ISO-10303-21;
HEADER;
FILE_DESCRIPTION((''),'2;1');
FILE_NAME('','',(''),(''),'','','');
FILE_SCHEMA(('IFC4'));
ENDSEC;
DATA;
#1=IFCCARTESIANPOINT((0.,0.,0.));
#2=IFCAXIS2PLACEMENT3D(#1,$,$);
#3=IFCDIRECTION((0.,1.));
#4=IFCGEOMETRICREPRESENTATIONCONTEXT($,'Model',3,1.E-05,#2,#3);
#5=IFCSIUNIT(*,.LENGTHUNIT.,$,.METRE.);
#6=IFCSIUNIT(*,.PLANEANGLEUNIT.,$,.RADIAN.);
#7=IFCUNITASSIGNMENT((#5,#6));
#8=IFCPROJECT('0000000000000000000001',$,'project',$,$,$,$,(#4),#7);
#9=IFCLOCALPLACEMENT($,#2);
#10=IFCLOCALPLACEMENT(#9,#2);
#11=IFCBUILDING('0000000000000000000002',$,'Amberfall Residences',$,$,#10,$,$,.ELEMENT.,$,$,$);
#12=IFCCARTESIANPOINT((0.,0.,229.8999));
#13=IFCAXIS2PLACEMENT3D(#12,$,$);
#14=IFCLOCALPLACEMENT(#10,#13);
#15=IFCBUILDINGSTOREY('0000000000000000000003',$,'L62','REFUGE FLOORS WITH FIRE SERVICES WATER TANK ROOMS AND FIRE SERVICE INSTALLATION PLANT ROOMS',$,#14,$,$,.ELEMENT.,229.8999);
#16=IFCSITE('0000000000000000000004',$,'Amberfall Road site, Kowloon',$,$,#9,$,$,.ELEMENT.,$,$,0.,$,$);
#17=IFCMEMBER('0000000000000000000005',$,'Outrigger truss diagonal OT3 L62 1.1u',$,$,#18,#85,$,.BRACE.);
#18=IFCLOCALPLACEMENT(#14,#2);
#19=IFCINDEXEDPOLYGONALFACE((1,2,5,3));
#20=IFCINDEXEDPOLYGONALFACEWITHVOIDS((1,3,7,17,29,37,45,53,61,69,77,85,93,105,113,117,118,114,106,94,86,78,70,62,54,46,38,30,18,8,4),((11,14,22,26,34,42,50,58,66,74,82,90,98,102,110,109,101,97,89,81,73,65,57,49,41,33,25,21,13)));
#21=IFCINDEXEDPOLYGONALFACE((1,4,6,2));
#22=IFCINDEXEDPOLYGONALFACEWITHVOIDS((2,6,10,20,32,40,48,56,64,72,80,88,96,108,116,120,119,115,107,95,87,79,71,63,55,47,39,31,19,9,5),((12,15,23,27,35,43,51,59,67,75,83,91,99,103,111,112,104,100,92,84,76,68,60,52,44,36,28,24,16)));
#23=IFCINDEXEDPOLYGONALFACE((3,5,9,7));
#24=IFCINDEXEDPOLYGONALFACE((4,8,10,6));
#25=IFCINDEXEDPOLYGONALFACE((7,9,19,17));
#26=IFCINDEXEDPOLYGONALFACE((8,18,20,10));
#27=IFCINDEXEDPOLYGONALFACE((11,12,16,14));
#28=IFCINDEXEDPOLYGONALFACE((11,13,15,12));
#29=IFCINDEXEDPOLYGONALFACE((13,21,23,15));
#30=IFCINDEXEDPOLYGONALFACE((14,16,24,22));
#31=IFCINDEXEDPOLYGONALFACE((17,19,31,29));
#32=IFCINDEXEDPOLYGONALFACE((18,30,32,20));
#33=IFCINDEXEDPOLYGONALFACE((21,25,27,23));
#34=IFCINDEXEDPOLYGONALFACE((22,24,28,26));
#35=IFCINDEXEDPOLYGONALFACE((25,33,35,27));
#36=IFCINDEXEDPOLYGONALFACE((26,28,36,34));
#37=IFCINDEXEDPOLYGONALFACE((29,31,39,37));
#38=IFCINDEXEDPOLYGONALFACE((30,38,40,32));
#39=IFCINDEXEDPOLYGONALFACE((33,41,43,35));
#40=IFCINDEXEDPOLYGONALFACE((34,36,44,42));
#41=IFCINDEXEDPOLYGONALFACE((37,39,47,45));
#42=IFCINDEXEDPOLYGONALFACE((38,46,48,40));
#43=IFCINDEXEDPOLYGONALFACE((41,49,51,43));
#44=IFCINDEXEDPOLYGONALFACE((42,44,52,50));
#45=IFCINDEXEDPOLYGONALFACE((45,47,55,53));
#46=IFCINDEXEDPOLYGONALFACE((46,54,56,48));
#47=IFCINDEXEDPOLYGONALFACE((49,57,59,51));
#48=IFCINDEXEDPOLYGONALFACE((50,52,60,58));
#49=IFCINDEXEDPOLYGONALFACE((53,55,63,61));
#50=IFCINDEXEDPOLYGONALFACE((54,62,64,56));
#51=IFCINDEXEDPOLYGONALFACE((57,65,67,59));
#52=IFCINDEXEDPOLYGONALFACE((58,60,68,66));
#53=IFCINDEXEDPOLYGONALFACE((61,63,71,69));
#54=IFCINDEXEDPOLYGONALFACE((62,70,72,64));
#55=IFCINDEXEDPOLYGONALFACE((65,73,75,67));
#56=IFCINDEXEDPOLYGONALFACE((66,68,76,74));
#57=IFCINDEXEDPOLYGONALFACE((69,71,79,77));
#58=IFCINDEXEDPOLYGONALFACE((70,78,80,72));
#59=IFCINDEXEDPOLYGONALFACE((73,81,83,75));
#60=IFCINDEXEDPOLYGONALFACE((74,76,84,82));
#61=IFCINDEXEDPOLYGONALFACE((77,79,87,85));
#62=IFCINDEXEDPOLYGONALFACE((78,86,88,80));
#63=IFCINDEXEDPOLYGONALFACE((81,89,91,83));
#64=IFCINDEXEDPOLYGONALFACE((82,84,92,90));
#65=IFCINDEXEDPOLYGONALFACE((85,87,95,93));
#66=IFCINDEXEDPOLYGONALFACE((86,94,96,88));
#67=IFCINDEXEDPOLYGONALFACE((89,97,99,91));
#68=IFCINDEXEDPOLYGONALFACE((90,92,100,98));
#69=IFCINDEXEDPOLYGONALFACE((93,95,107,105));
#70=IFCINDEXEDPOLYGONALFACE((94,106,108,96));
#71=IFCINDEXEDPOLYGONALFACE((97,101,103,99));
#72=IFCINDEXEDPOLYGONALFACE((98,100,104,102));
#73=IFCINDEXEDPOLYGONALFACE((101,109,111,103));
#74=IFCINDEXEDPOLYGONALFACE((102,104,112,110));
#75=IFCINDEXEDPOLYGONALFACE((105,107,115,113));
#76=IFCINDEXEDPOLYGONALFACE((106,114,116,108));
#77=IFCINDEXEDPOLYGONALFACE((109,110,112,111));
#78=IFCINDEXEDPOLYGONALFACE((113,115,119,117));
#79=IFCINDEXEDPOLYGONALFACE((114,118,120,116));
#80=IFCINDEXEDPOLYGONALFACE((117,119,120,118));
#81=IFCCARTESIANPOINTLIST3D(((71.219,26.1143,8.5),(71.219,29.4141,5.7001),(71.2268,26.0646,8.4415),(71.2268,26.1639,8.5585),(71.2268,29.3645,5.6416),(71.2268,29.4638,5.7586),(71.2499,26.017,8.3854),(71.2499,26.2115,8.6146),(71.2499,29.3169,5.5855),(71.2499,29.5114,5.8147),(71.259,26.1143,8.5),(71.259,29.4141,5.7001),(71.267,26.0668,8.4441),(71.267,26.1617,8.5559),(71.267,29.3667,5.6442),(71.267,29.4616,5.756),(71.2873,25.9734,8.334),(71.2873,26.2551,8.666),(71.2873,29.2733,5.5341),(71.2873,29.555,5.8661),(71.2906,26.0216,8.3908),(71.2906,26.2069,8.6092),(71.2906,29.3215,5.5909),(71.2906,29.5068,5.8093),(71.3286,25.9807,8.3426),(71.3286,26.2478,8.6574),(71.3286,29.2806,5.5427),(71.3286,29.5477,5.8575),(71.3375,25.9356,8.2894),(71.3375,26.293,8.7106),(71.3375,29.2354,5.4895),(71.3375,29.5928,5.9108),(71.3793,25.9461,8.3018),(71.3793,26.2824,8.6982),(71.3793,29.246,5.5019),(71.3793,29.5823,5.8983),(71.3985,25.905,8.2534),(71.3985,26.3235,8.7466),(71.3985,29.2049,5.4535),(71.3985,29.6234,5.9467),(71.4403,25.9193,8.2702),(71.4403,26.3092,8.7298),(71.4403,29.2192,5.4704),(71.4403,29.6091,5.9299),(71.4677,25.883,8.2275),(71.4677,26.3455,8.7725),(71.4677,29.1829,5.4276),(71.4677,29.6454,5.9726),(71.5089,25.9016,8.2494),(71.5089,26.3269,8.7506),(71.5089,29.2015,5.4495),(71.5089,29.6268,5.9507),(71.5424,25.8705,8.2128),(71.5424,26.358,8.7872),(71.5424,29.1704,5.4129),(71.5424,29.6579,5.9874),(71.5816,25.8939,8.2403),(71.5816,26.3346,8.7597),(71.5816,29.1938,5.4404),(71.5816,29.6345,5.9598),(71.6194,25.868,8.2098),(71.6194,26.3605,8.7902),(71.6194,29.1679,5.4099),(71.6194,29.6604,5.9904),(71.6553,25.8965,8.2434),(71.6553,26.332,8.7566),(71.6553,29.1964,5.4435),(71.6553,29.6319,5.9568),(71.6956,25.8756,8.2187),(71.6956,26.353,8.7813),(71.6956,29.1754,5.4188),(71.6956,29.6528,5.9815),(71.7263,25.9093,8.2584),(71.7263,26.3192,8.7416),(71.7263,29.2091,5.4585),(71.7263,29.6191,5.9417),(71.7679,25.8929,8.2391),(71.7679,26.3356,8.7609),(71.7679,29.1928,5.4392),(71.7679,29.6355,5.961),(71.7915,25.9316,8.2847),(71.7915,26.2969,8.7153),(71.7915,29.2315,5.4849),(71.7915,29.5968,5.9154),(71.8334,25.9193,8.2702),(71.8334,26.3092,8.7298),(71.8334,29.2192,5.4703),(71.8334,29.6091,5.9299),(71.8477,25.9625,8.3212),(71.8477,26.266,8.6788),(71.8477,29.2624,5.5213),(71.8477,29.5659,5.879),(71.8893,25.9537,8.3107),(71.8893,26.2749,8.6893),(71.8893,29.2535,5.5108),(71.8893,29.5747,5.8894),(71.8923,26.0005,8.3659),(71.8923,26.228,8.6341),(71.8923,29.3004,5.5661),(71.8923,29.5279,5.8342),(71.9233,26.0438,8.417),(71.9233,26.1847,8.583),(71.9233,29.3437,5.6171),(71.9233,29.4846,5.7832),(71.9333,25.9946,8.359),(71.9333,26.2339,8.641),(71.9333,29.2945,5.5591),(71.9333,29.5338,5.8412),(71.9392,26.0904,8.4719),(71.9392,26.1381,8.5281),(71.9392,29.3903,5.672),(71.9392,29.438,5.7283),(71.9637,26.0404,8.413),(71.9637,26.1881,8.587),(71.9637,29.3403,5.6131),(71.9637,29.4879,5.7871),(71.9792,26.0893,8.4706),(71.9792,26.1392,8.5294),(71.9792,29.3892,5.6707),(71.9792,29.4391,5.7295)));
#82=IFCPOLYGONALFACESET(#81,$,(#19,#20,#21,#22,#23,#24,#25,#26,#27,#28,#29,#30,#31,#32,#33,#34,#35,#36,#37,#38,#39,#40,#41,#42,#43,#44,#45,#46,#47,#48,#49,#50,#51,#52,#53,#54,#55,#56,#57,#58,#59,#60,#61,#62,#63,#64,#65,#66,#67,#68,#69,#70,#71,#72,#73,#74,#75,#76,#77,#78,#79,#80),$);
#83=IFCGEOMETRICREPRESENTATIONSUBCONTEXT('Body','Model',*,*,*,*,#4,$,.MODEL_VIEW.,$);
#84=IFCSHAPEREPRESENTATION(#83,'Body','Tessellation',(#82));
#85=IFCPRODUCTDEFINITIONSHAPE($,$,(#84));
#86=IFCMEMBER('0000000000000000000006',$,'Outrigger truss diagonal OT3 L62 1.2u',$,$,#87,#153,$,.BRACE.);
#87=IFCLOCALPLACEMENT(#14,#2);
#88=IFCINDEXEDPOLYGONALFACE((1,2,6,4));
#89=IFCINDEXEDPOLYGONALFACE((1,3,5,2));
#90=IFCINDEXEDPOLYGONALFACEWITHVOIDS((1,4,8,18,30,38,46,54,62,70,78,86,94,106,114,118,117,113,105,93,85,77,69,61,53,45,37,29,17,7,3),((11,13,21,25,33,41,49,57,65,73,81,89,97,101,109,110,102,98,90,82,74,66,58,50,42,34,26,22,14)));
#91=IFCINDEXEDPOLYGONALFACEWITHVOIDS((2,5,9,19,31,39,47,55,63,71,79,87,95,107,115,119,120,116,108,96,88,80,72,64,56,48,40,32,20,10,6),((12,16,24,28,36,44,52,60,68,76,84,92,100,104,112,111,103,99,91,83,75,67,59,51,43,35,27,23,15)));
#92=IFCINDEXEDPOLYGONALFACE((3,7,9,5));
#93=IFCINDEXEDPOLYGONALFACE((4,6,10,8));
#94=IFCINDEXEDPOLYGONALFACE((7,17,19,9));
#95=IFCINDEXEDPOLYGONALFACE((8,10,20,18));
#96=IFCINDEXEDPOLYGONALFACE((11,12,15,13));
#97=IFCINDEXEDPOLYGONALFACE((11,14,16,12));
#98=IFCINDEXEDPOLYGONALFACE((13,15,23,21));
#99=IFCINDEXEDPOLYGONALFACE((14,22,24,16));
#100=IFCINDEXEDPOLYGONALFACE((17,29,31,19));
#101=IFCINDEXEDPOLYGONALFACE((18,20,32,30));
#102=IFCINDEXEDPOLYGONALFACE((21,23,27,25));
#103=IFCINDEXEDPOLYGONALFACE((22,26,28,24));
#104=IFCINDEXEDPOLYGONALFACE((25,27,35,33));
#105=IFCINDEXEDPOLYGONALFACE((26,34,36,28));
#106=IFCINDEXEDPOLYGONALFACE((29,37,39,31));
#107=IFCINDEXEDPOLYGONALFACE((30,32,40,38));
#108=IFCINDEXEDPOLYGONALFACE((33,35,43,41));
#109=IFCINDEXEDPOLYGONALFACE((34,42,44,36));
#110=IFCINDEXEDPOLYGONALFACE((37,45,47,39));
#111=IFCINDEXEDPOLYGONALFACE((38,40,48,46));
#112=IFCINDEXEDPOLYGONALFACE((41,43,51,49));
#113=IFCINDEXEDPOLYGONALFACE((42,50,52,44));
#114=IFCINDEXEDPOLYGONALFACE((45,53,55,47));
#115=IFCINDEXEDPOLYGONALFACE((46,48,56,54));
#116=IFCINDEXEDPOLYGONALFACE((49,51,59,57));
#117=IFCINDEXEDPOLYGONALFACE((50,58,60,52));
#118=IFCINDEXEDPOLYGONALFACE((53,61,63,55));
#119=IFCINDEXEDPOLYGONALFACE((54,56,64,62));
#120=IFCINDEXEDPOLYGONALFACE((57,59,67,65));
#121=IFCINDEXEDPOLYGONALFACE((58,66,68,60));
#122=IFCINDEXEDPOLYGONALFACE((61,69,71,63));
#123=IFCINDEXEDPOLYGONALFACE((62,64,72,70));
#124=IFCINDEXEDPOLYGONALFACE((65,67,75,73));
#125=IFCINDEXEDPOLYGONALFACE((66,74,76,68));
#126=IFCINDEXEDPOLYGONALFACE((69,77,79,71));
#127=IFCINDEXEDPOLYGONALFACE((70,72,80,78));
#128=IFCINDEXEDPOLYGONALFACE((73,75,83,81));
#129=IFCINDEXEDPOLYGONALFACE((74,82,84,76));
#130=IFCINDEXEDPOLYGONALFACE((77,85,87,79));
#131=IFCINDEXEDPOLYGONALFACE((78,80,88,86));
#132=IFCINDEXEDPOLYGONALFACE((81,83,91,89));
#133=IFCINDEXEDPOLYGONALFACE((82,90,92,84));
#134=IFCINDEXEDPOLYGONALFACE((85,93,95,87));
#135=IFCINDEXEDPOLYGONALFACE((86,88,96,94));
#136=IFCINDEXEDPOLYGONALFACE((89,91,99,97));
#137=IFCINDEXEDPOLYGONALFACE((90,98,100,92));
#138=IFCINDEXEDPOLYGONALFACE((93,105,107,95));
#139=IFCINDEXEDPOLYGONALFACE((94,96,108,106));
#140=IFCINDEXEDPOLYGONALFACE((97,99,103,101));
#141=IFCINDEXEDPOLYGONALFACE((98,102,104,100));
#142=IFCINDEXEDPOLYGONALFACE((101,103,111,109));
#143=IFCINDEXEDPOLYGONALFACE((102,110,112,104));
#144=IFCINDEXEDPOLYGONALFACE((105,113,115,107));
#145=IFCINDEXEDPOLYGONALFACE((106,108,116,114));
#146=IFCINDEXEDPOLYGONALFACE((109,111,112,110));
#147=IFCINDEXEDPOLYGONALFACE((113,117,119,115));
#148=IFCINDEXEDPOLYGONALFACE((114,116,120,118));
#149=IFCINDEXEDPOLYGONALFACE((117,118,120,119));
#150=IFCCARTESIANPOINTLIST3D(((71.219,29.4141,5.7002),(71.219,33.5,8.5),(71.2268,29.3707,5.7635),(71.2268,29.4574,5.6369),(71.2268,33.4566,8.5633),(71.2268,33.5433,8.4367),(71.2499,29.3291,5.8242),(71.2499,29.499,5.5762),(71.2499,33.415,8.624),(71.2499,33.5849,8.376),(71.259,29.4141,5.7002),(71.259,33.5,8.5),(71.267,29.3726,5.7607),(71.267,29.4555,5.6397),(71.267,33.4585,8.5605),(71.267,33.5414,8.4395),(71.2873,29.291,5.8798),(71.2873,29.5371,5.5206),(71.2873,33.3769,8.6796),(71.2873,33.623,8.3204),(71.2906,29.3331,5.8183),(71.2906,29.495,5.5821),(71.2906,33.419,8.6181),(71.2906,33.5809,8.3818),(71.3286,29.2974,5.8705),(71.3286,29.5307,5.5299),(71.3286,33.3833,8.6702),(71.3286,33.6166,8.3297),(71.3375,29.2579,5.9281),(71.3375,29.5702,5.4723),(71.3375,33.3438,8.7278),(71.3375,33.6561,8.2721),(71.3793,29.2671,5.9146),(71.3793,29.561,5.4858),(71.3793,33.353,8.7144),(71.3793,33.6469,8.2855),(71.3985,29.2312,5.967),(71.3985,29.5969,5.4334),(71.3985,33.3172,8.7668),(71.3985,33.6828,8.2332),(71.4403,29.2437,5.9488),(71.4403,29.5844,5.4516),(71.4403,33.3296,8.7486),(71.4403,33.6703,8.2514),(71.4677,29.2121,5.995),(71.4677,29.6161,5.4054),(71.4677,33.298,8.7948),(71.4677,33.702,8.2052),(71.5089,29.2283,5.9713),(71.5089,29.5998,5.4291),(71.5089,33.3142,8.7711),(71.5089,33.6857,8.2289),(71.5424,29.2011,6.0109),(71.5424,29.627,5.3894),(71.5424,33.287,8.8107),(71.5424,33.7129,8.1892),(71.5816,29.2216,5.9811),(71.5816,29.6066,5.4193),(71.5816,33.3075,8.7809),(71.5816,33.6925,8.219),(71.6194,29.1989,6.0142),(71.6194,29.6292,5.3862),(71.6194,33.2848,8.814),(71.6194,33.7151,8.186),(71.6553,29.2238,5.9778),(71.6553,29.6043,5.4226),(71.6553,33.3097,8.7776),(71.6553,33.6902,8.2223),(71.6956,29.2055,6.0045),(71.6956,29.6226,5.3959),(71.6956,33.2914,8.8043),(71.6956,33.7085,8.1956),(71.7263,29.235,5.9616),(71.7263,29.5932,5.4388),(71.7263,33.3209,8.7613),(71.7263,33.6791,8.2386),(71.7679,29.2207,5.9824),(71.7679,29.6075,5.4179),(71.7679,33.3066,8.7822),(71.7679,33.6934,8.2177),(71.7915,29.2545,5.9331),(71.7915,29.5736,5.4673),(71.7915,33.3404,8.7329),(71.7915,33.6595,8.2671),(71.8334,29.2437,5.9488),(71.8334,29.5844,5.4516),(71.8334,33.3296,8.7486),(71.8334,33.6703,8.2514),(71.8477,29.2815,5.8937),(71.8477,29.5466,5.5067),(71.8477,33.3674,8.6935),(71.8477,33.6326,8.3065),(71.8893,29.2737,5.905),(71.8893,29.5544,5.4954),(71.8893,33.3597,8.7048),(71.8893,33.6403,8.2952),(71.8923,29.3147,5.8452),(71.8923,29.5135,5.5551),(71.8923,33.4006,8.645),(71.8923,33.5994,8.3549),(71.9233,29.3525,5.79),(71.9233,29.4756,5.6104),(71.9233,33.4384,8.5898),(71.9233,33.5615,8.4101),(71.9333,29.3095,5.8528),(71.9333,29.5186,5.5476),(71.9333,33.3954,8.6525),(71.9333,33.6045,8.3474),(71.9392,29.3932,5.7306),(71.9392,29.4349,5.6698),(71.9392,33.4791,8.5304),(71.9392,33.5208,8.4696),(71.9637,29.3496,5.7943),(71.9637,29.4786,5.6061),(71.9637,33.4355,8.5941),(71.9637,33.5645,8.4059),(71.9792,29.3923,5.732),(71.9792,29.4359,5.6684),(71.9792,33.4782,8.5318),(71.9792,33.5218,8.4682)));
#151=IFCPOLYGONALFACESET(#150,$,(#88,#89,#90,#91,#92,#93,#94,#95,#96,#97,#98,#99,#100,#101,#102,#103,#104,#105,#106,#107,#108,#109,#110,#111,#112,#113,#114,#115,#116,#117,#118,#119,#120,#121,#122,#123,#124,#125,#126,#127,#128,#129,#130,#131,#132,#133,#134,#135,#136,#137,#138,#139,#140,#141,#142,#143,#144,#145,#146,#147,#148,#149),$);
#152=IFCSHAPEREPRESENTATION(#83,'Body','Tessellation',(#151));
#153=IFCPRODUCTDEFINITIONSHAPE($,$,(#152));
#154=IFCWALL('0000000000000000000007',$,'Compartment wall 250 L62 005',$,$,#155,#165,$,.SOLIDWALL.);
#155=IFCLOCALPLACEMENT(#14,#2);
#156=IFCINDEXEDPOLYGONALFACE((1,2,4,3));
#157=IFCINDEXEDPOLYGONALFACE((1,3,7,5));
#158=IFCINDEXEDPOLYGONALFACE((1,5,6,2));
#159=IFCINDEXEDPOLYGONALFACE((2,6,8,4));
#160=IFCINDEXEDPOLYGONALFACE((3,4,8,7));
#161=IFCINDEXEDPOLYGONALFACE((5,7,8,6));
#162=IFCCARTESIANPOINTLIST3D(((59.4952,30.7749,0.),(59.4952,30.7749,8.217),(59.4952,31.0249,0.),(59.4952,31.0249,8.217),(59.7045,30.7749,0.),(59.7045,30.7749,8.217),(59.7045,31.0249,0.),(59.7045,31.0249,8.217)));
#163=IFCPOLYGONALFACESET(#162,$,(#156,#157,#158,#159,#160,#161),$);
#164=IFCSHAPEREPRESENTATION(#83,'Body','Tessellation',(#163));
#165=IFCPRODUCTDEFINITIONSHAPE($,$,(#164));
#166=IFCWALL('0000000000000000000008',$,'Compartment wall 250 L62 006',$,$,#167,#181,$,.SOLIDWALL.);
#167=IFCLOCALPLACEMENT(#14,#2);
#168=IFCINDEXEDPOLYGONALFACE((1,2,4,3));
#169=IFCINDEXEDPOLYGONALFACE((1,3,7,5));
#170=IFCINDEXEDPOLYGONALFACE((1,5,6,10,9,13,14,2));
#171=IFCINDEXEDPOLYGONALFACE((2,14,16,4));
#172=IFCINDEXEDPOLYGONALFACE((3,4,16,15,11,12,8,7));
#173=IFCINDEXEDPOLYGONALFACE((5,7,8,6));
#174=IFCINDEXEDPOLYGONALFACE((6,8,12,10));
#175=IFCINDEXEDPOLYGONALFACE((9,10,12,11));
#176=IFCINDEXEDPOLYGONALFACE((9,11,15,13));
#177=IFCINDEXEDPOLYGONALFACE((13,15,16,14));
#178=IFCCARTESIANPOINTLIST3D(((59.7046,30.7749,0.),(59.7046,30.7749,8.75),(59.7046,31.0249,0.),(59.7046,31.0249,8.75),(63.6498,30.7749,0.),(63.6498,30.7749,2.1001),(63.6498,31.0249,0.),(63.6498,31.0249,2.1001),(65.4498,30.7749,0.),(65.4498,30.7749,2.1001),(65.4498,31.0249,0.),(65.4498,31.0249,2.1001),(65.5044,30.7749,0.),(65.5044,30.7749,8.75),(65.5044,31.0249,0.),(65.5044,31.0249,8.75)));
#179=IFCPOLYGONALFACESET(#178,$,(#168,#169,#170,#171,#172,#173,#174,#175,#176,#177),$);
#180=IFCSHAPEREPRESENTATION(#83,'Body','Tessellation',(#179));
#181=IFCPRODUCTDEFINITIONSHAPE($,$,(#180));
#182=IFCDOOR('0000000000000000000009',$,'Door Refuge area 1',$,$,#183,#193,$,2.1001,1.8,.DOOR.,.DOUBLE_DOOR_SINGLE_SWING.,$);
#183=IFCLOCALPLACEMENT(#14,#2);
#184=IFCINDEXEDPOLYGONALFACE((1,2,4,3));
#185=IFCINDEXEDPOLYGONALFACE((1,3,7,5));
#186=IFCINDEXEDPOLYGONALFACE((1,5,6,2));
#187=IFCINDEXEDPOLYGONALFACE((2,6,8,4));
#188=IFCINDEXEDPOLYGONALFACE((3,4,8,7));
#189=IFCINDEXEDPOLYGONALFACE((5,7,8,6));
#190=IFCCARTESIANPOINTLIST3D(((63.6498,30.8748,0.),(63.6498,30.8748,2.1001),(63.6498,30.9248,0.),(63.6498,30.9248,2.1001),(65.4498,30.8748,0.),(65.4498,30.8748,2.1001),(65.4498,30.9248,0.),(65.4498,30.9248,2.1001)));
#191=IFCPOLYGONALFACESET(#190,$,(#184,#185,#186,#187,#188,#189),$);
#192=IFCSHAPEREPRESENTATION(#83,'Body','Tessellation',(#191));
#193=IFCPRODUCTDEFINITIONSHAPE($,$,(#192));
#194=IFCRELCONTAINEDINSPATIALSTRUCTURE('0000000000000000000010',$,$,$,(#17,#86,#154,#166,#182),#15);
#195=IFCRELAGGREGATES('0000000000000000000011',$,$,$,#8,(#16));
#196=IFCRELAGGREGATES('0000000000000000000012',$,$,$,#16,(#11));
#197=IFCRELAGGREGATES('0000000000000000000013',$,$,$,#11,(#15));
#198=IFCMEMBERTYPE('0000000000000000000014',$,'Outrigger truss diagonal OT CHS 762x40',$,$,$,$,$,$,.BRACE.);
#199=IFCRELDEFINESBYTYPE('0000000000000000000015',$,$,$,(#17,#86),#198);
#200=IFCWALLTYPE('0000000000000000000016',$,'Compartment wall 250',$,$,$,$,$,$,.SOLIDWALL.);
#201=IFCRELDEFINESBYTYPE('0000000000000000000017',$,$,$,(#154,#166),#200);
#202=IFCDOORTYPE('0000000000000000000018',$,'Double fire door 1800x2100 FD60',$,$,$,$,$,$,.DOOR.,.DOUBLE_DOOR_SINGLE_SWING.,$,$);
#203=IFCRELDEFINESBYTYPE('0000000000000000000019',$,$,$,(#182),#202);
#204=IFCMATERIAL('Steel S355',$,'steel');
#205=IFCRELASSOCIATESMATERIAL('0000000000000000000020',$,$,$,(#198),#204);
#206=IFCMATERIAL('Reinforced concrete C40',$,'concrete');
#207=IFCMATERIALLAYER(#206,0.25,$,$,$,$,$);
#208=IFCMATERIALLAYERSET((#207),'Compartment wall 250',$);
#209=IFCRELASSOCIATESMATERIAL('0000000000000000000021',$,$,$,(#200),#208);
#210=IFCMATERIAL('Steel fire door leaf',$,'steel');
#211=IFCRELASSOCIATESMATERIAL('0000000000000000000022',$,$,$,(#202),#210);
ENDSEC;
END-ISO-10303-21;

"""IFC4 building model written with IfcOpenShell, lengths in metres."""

from ifc_helpers import new_model, si_unit, direction, frame, frame_2d, origin, origin_2d, place, context, subcontext, project, spatial, rectangle, hollow_circle, extrude, material, layer, layer_set, material_profile, profile_set, type_object, element, fill, save


model = new_model("IFC4")

# Units and contexts
model_context = context("Model", 3, precision=1e-05, world=origin(), true_north=direction((0.0, 1.0)))
body_context = subcontext(model_context, "Body", "Model", "MODEL_VIEW")
ifc_project = project(units=[si_unit("LENGTHUNIT", "METRE"), si_unit("PLANEANGLEUNIT", "RADIAN")], contexts=[model_context])

# Site, building, storey
site_placement = place(None, origin())
site = spatial("IfcSite", under=ifc_project, at=site_placement, Name="Amberfall Road site, Kowloon", CompositionType="ELEMENT", RefElevation=0.0)
building_placement = place(site_placement, origin())
building = spatial("IfcBuilding", under=site, at=building_placement, Name="Amberfall Residences", CompositionType="ELEMENT")
storey_placement = place(building_placement, frame((0.0, 0.0, 229.8999)))
storey = spatial("IfcBuildingStorey", under=building, at=storey_placement, Name="L62", Description="REFUGE FLOORS WITH FIRE SERVICES WATER TANK ROOMS AND FIRE SERVICE INSTALLATION PLANT ROOMS", CompositionType="ELEMENT", Elevation=229.8999)

# Members
ifc_material_1 = material(Name="Steel S355", Category="steel")
ifc_material_profile_1 = material_profile(ifc_material_1, hollow_circle(Radius=0.3811, WallThickness=0.04, at=origin_2d()), Name="CHS 762x40")
ifc_profile_set_1 = profile_set([ifc_material_profile_1], Name="Steel S355")
member_type_1 = type_object("IfcMemberType", Name="Outrigger truss diagonal OT CHS 762x40", PredefinedType="BRACE", material=ifc_profile_set_1)
member_1_placement = place(storey_placement, frame((71.6001, 26.1143, 8.5), z_axis=(0.0, 0.762513, -0.646973), x_axis=(-1.0, 0.0, 0.0)))
element("IfcMember", 1, at=member_1_placement, inside=storey, type_object=member_type_1, Name="Outrigger truss diagonal OT3 L62 1.1u", PredefinedType="BRACE", context=body_context, shape_type="SweptSolid", body=[
    extrude(hollow_circle(Radius=0.3811, WallThickness=0.04, at=origin_2d()), origin(), (0.0, 0.0, 1.0), 4.3276),
])
member_2_placement = place(storey_placement, frame((71.6001, 29.4141, 5.7002), z_axis=(0.0, 0.824915, 0.565256), x_axis=(-1.0, 0.0, 0.0)))
element("IfcMember", 2, at=member_2_placement, inside=storey, type_object=member_type_1, Name="Outrigger truss diagonal OT3 L62 1.2u", PredefinedType="BRACE", context=body_context, shape_type="SweptSolid", body=[
    extrude(hollow_circle(Radius=0.3811, WallThickness=0.04, at=origin_2d()), origin(), (0.0, 0.0, 1.0), 4.9531),
])

# Wall
ifc_material_2 = material(Name="Reinforced concrete C40", Category="concrete")
ifc_layer_1 = layer(ifc_material_2, 0.25)
ifc_layer_set_1 = layer_set([ifc_layer_1], Name="Compartment wall 250")
wall_type_1 = type_object("IfcWallType", Name="Compartment wall 250", PredefinedType="SOLIDWALL", material=ifc_layer_set_1)
wall_1_placement = place(storey_placement, frame((59.4954, 30.8999, 0.0), z_axis=(0.0, 0.0, 1.0), x_axis=(1.0, 0.0, 0.0)))
element("IfcWall", 3, at=wall_1_placement, inside=storey, type_object=wall_type_1, Name="Compartment wall 250 L62 005", PredefinedType="SOLIDWALL", context=body_context, shape_type="SweptSolid", body=[
    extrude(rectangle(XDim=0.2092, YDim=0.25, at=frame_2d((0.1045, 0.0))), origin(), (0.0, 0.0, 1.0), 8.217),
])

# Wall, opening, door
wall_2_placement = place(storey_placement, frame((59.7046, 30.8999, 0.0), z_axis=(0.0, 0.0, 1.0), x_axis=(1.0, 0.0, 0.0)))
wall_2 = element("IfcWall", 4, at=wall_2_placement, inside=storey, type_object=wall_type_1, Name="Compartment wall 250 L62 006", PredefinedType="SOLIDWALL", context=body_context, shape_type="SweptSolid", body=[
    extrude(rectangle(XDim=5.7998, YDim=0.25, at=frame_2d((2.8999, 0.0))), origin(), (0.0, 0.0, 1.0), 8.75),
])
opening_1_placement = place(wall_2_placement, frame((3.9453, 0.0, 0.0)))
opening_1 = element("IfcOpeningElement", 5, at=opening_1_placement, cuts=wall_2, PredefinedType="OPENING", context=body_context, shape_type="SweptSolid", body=[
    extrude(rectangle(XDim=1.8, YDim=2.1001, at=frame_2d((0.8999, 1.05))), frame((0.0, 0.135, 0.0), z_axis=(0.0, -1.0, 0.0), x_axis=(1.0, 0.0, 0.0)), (0.0, 0.0, 1.0), 0.27),
])
ifc_material_3 = material(Name="Steel fire door leaf", Category="steel")
door_type_1 = type_object("IfcDoorType", Name="Double fire door 1800x2100 FD60", OperationType="DOUBLE_DOOR_SINGLE_SWING", PredefinedType="DOOR", material=ifc_material_3)
door_1_placement = place(opening_1_placement, origin())
door_1 = element("IfcDoor", 6, at=door_1_placement, inside=storey, type_object=door_type_1, Name="Door Refuge area 1", OperationType="DOUBLE_DOOR_SINGLE_SWING", OverallHeight=2.1001, OverallWidth=1.8, PredefinedType="DOOR", context=body_context, shape_type="SweptSolid", body=[
    extrude(rectangle(XDim=1.8, YDim=2.1001, at=frame_2d((0.8999, 1.05))), frame((0.0, 0.0249, 0.0), z_axis=(0.0, -1.0, 0.0), x_axis=(1.0, 0.0, 0.0)), (0.0, 0.0, 1.0), 0.05),
])
fill(opening_1, door_1)

save(model, "model.ifc")
